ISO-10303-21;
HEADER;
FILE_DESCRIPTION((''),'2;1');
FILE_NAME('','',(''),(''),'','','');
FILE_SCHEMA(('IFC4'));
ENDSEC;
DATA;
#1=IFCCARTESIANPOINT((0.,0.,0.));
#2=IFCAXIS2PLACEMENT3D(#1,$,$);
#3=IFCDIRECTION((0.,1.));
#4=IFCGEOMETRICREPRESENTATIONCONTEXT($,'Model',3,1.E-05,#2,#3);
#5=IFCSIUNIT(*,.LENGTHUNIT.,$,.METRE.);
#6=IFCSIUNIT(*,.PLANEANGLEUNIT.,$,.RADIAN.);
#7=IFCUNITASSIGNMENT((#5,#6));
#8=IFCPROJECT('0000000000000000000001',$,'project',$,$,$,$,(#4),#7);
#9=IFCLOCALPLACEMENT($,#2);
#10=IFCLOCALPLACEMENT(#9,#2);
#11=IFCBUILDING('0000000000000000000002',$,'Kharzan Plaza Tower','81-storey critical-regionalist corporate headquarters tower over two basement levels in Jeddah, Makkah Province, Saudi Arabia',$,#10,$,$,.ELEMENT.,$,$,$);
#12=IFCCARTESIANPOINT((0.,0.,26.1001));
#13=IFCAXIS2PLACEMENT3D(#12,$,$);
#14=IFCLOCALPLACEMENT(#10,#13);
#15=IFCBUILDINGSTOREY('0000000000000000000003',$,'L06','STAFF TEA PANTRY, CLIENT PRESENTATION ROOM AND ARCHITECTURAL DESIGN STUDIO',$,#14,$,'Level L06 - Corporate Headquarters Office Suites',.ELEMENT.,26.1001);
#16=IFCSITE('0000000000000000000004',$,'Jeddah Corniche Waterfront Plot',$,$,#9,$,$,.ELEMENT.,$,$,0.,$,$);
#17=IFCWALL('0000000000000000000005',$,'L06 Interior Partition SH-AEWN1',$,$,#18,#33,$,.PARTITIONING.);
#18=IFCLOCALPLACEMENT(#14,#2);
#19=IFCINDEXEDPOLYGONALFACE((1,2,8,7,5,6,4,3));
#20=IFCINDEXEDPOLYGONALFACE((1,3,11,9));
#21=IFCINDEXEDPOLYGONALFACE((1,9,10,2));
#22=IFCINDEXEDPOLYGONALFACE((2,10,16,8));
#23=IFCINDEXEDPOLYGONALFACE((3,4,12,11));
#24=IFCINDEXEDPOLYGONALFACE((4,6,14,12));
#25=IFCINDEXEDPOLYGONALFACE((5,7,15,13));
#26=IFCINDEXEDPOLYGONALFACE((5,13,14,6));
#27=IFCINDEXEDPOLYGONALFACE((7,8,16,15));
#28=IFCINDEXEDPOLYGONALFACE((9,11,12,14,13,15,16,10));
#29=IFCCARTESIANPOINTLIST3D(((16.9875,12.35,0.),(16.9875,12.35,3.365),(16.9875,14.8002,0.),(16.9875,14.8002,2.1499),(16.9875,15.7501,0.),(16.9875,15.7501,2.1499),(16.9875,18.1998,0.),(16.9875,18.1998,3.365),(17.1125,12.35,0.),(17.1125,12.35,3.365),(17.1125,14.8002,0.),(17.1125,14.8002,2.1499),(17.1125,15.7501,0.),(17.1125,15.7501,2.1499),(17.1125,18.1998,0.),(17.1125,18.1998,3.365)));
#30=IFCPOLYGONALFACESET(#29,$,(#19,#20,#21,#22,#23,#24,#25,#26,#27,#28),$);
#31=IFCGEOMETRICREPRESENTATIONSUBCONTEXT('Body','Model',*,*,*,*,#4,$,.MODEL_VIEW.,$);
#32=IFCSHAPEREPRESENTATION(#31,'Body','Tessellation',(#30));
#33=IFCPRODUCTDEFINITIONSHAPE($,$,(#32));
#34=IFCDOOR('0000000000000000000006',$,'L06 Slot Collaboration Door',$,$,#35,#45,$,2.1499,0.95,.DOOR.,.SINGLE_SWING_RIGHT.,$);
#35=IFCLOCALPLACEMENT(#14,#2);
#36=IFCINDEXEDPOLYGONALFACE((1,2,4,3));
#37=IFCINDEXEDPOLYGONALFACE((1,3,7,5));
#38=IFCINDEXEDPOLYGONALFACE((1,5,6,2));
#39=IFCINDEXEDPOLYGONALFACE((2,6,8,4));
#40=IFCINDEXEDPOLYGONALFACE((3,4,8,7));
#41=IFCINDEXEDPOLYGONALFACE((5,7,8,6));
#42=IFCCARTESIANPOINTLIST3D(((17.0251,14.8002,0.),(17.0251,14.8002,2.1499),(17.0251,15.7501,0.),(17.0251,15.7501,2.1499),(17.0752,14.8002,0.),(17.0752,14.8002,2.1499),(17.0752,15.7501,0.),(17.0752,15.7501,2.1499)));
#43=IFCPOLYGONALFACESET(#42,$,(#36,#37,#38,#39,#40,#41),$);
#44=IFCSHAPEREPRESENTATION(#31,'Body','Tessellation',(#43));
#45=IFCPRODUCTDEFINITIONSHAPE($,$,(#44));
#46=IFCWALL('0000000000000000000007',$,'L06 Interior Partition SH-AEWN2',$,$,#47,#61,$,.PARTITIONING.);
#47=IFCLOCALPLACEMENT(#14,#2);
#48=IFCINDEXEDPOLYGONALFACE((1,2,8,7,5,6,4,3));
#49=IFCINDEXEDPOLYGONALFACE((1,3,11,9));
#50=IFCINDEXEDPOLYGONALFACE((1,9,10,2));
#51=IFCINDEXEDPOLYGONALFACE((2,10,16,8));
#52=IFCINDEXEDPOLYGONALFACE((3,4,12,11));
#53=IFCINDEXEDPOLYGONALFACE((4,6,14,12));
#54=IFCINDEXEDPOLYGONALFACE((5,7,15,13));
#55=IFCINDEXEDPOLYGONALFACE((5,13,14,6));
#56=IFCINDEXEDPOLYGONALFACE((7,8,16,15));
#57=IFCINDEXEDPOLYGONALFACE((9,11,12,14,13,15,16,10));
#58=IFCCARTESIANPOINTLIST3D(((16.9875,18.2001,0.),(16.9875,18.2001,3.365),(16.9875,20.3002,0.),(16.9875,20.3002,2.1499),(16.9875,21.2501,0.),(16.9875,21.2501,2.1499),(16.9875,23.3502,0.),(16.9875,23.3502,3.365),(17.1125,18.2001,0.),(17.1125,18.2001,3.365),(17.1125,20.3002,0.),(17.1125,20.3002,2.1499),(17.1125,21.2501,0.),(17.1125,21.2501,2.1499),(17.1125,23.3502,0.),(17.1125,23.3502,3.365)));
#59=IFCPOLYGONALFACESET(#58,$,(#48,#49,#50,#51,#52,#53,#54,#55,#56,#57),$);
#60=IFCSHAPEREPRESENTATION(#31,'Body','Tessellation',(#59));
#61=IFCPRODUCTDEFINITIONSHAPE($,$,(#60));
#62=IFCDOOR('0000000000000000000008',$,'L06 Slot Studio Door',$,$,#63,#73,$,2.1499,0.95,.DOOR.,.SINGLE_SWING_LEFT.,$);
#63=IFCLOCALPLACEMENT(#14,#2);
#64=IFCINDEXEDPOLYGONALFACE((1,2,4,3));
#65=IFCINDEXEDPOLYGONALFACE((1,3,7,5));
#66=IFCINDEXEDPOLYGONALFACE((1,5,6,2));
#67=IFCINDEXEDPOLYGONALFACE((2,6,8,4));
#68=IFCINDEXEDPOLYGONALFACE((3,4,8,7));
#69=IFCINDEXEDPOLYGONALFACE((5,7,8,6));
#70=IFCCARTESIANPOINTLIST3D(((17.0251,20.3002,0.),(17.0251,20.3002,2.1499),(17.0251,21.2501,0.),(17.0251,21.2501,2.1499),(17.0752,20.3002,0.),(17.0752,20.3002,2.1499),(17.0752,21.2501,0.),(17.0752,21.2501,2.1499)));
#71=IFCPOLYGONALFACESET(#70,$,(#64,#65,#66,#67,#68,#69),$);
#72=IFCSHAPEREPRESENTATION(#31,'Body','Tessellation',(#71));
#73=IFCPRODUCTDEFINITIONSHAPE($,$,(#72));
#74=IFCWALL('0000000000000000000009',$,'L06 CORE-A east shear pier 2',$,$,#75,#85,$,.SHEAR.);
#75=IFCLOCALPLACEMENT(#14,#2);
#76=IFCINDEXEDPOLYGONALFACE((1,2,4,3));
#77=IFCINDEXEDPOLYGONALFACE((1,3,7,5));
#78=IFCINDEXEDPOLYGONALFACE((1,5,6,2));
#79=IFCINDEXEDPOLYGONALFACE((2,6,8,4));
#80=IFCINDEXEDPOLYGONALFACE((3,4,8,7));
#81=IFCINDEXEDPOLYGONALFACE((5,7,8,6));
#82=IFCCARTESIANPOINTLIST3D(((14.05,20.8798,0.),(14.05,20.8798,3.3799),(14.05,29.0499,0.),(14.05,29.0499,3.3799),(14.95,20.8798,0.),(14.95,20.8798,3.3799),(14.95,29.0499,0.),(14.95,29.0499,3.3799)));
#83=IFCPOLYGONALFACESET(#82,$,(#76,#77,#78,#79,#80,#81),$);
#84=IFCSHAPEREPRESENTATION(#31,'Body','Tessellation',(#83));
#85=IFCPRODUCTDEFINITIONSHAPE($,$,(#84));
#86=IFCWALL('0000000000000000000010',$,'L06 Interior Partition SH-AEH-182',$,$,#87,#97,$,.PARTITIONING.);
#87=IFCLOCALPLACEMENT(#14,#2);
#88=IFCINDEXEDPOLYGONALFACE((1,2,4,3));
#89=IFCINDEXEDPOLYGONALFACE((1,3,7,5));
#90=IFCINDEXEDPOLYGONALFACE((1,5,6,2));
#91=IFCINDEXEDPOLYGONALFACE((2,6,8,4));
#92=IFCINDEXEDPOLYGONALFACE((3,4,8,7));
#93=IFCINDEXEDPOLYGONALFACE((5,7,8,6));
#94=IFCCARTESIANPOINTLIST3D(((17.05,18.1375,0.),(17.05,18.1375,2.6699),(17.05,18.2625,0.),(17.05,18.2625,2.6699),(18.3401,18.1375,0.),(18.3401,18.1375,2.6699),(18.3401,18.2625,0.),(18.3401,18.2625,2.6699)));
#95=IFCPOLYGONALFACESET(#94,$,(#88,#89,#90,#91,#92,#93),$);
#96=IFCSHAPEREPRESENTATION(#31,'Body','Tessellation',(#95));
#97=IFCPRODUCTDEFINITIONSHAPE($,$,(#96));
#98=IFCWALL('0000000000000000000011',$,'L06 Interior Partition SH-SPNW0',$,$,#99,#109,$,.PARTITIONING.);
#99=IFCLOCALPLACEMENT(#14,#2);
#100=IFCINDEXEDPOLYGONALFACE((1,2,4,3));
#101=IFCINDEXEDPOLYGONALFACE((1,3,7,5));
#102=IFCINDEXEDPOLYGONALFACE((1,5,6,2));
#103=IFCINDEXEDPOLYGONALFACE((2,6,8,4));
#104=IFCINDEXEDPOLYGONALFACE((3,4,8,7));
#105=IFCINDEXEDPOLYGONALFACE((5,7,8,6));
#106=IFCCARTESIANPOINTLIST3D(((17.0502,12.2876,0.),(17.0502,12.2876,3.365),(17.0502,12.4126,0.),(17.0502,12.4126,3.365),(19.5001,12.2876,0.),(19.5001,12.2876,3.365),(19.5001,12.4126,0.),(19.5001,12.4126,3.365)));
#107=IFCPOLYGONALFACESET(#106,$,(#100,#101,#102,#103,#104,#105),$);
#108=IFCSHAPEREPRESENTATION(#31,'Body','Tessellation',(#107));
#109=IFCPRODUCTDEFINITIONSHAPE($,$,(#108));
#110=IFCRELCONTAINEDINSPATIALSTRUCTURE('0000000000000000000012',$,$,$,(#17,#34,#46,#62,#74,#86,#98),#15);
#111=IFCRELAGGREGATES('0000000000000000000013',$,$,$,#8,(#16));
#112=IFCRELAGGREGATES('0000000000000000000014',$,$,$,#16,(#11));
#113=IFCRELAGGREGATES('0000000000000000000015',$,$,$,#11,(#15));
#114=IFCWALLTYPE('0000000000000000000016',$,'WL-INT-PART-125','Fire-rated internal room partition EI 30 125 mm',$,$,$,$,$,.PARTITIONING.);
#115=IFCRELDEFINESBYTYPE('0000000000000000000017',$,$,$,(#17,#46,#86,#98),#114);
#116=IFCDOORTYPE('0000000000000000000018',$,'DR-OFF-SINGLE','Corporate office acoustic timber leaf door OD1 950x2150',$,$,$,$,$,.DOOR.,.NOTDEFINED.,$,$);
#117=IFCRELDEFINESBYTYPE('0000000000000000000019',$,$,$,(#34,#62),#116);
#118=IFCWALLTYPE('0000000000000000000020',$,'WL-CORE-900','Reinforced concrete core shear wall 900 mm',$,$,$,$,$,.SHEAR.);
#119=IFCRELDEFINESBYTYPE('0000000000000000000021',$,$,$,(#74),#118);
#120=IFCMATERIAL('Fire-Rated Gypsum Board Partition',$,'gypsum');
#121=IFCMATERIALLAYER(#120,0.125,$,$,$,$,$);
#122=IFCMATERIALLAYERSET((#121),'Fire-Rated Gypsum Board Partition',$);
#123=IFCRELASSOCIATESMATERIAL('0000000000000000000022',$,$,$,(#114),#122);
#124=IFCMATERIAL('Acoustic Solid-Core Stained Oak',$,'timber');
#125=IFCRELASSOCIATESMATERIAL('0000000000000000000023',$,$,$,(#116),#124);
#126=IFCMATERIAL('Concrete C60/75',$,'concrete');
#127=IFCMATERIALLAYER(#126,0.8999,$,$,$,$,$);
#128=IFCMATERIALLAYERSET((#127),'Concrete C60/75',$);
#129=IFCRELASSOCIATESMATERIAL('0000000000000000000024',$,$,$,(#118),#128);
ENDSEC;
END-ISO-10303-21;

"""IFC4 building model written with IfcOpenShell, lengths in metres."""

from ifc_helpers import new_model, si_unit, direction, frame, frame_2d, origin, place, context, subcontext, project, spatial, rectangle, extrude, source, transform, mapped, material, layer, layer_set, type_object, element, fill, save


model = new_model("IFC4")

# Units and contexts
model_context = context("Model", 3, precision=1e-05, world=origin(), true_north=direction((0.0, 1.0)))
body_context = subcontext(model_context, "Body", "Model", "MODEL_VIEW")
ifc_project = project(units=[si_unit("LENGTHUNIT", "METRE"), si_unit("PLANEANGLEUNIT", "RADIAN")], contexts=[model_context])

# Site, building, storey
site_placement = place(None, origin())
site = spatial("IfcSite", under=ifc_project, at=site_placement, Name="Jeddah Corniche Waterfront Plot", CompositionType="ELEMENT", RefElevation=0.0)
building_placement = place(site_placement, origin())
building = spatial("IfcBuilding", under=site, at=building_placement, Name="Kharzan Plaza Tower", Description="81-storey critical-regionalist corporate headquarters tower over two basement levels in Jeddah, Makkah Province, Saudi Arabia", CompositionType="ELEMENT")
storey_placement = place(building_placement, frame((0.0, 0.0, 26.1001)))
storey = spatial("IfcBuildingStorey", under=building, at=storey_placement, Name="L06", Description="STAFF TEA PANTRY, CLIENT PRESENTATION ROOM AND ARCHITECTURAL DESIGN STUDIO", LongName="Level L06 - Corporate Headquarters Office Suites", CompositionType="ELEMENT", Elevation=26.1001)

# Shared definitions
ifc_material_1 = material(Name="Concrete C60/75", Category="concrete")

# Walls, openings, doors
ifc_material_2 = material(Name="Fire-Rated Gypsum Board Partition", Category="gypsum")
ifc_layer_1 = layer(ifc_material_2, 0.125)
ifc_layer_set_1 = layer_set([ifc_layer_1], Name="Fire-Rated Gypsum Board Partition")
wall_type_1 = type_object("IfcWallType", Name="WL-INT-PART-125", Description="Fire-rated internal room partition EI 30 125 mm", PredefinedType="PARTITIONING", material=ifc_layer_set_1)
wall_1_placement = place(storey_placement, frame((17.05, 12.3501, 0.0), z_axis=(0.0, 0.0, 1.0), x_axis=(0.0, 1.0, 0.0)))
wall_1 = element("IfcWall", 1, at=wall_1_placement, inside=storey, type_object=wall_type_1, Name="L06 Interior Partition SH-AEWN1", PredefinedType="PARTITIONING", context=body_context, shape_type="SweptSolid", body=[
    extrude(rectangle(XDim=5.8499, YDim=0.125, at=frame_2d((2.9248, 0.0))), origin(), (0.0, 0.0, 1.0), 3.365),
])
opening_1_placement = place(wall_1_placement, frame((2.45, 0.0, 0.0)))
opening_1 = element("IfcOpeningElement", 2, at=opening_1_placement, cuts=wall_1, PredefinedType="OPENING", context=body_context, shape_type="SweptSolid", body=[
    extrude(rectangle(XDim=0.95, YDim=2.1499, at=frame_2d((0.4751, 1.075))), frame((0.0, 0.0725, 0.0), z_axis=(0.0, -1.0, 0.0), x_axis=(1.0, 0.0, 0.0)), (0.0, 0.0, 1.0), 0.145),
])
ifc_material_3 = material(Name="Acoustic Solid-Core Stained Oak", Category="timber")
door_type = type_object("IfcDoorType", Name="DR-OFF-SINGLE", Description="Corporate office acoustic timber leaf door OD1 950x2150", OperationType="NOTDEFINED", PredefinedType="DOOR", material=ifc_material_3)
shared_shape_1 = source(origin(), body_context, "Body", "SweptSolid", [
    extrude(rectangle(XDim=0.95, YDim=2.1499, at=frame_2d((0.4751, 1.075))), frame((0.0, 0.0249, 0.0), z_axis=(0.0, -1.0, 0.0), x_axis=(1.0, 0.0, 0.0)), (0.0, 0.0, 1.0), 0.05),
])
door_1_placement = place(opening_1_placement, origin())
door_1 = element("IfcDoor", 3, at=door_1_placement, inside=storey, type_object=door_type, Name="L06 Slot Collaboration Door", OperationType="SINGLE_SWING_RIGHT", OverallHeight=2.1499, OverallWidth=0.95, PredefinedType="DOOR", context=body_context, shape_type="MappedRepresentation", body=[
    mapped(shared_shape_1, transform((0.0, 0.0, 0.0), x_axis=(1.0, 0.0, 0.0), y_axis=(0.0, 1.0, 0.0), z_axis=(0.0, 0.0, 1.0))),
])
fill(opening_1, door_1)
wall_2_placement = place(storey_placement, frame((17.05, 18.2, 0.0), z_axis=(0.0, 0.0, 1.0), x_axis=(0.0, 1.0, 0.0)))
wall_2 = element("IfcWall", 4, at=wall_2_placement, inside=storey, type_object=wall_type_1, Name="L06 Interior Partition SH-AEWN2", PredefinedType="PARTITIONING", context=body_context, shape_type="SweptSolid", body=[
    extrude(rectangle(XDim=5.1501, YDim=0.125, at=frame_2d((2.5752, 0.0))), origin(), (0.0, 0.0, 1.0), 3.365),
])
opening_2_placement = place(wall_2_placement, frame((2.1001, 0.0, 0.0)))
opening_2 = element("IfcOpeningElement", 5, at=opening_2_placement, cuts=wall_2, PredefinedType="OPENING", context=body_context, shape_type="SweptSolid", body=[
    extrude(rectangle(XDim=0.95, YDim=2.1499, at=frame_2d((0.4751, 1.075))), frame((0.0, 0.0725, 0.0), z_axis=(0.0, -1.0, 0.0), x_axis=(1.0, 0.0, 0.0)), (0.0, 0.0, 1.0), 0.145),
])
door_2_placement = place(opening_2_placement, origin())
door_2 = element("IfcDoor", 6, at=door_2_placement, inside=storey, type_object=door_type, Name="L06 Slot Studio Door", OperationType="SINGLE_SWING_LEFT", OverallHeight=2.1499, OverallWidth=0.95, PredefinedType="DOOR", context=body_context, shape_type="MappedRepresentation", body=[
    mapped(shared_shape_1, transform((0.0, 0.0, 0.0), x_axis=(1.0, 0.0, 0.0), y_axis=(0.0, 1.0, 0.0), z_axis=(0.0, 0.0, 1.0))),
])
fill(opening_2, door_2)

# Walls
ifc_layer_2 = layer(ifc_material_1, 0.8999)
ifc_layer_set_2 = layer_set([ifc_layer_2], Name="Concrete C60/75")
wall_type_2 = type_object("IfcWallType", Name="WL-CORE-900", Description="Reinforced concrete core shear wall 900 mm", PredefinedType="SHEAR", material=ifc_layer_set_2)
shared_shape_2 = source(origin(), body_context, "Body", "SweptSolid", [
    extrude(rectangle(XDim=8.1702, YDim=0.8999, at=frame_2d((4.085, 0.0))), origin(), (0.0, 0.0, 1.0), 3.3799),
])
wall_3_placement = place(storey_placement, frame((14.5, 20.8799, 0.0), z_axis=(0.0, 0.0, 1.0), x_axis=(0.0, 1.0, 0.0)))
element("IfcWall", 7, at=wall_3_placement, inside=storey, type_object=wall_type_2, Name="L06 CORE-A east shear pier 2", PredefinedType="SHEAR", context=body_context, shape_type="MappedRepresentation", body=[
    mapped(shared_shape_2, transform((0.0, 0.0, 0.0), x_axis=(1.0, 0.0, 0.0), y_axis=(0.0, 1.0, 0.0), z_axis=(0.0, 0.0, 1.0))),
])
shared_shape_3 = source(origin(), body_context, "Body", "SweptSolid", [
    extrude(rectangle(XDim=1.29, YDim=0.125, at=frame_2d((0.645, 0.0))), origin(), (0.0, 0.0, 1.0), 2.6699),
])
wall_4_placement = place(storey_placement, frame((17.05, 18.2, 0.0), z_axis=(0.0, 0.0, 1.0), x_axis=(1.0, 0.0, 0.0)))
element("IfcWall", 8, at=wall_4_placement, inside=storey, type_object=wall_type_1, Name="L06 Interior Partition SH-AEH-182", PredefinedType="PARTITIONING", context=body_context, shape_type="MappedRepresentation", body=[
    mapped(shared_shape_3, transform((0.0, 0.0, 0.0), x_axis=(1.0, 0.0, 0.0), y_axis=(0.0, 1.0, 0.0), z_axis=(0.0, 0.0, 1.0))),
])
shared_shape_4 = source(origin(), body_context, "Body", "SweptSolid", [
    extrude(rectangle(XDim=2.45, YDim=0.125, at=frame_2d((1.2251, 0.0))), origin(), (0.0, 0.0, 1.0), 3.365),
])
wall_5_placement = place(storey_placement, frame((17.05, 12.3501, 0.0), z_axis=(0.0, 0.0, 1.0), x_axis=(1.0, 0.0, 0.0)))
element("IfcWall", 9, at=wall_5_placement, inside=storey, type_object=wall_type_1, Name="L06 Interior Partition SH-SPNW0", PredefinedType="PARTITIONING", context=body_context, shape_type="MappedRepresentation", body=[
    mapped(shared_shape_4, transform((0.0, 0.0, 0.0), x_axis=(1.0, 0.0, 0.0), y_axis=(0.0, 1.0, 0.0), z_axis=(0.0, 0.0, 1.0))),
])

save(model, "model.ifc")
